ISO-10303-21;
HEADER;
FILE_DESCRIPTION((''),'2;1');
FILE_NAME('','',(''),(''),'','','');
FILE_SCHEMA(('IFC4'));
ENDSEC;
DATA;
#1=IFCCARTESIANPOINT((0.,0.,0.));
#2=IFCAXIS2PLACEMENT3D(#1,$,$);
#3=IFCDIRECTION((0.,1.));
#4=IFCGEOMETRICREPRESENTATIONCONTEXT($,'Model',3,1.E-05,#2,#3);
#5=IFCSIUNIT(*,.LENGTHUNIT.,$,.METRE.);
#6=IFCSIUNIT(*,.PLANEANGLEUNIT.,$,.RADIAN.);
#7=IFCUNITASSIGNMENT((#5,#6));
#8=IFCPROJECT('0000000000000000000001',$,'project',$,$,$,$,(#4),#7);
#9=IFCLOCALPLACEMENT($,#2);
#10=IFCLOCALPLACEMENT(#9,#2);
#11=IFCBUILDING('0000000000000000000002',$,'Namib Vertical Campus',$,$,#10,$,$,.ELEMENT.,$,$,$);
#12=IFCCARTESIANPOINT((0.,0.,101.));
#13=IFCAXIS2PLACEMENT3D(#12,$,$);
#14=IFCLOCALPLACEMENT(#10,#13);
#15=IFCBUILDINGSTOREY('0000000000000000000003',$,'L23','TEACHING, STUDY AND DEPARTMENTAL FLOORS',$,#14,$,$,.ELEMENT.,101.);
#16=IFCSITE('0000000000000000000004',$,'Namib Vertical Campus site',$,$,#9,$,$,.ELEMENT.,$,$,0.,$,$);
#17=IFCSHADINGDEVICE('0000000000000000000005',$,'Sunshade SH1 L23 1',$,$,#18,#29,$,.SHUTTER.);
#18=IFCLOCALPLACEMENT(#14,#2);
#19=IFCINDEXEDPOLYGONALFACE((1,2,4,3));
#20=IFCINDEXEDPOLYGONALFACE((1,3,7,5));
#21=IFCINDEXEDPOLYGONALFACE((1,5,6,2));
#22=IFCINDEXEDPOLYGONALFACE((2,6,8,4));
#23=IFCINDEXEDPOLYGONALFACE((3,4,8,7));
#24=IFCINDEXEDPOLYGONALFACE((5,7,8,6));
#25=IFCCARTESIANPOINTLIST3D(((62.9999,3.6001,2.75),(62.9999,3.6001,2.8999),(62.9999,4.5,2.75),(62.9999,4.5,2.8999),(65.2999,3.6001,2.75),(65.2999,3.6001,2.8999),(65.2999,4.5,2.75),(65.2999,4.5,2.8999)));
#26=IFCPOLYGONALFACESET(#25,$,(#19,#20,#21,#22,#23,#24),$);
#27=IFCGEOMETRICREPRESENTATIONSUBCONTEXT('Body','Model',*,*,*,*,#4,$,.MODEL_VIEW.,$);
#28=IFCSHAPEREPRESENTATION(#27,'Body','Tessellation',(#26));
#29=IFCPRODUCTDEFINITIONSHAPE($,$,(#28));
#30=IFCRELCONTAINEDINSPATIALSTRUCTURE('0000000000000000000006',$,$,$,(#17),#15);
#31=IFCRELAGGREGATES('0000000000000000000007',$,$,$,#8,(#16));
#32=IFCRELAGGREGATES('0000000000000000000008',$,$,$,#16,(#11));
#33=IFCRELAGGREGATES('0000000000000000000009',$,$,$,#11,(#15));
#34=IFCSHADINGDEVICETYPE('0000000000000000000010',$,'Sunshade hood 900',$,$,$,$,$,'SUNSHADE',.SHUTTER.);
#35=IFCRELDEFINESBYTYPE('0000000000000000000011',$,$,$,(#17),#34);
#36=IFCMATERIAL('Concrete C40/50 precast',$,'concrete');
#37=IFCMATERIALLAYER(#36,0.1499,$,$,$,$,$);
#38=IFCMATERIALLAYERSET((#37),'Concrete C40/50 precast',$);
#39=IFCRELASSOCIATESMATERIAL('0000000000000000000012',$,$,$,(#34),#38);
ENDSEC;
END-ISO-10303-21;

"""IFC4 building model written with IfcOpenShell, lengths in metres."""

from ifc_helpers import new_model, si_unit, direction, frame, origin, origin_2d, place, context, subcontext, project, spatial, rectangle, extrude, material, layer, layer_set, type_object, element, save


model = new_model("IFC4")

# Units and contexts
model_context = context("Model", 3, precision=1e-05, world=origin(), true_north=direction((0.0, 1.0)))
body_context = subcontext(model_context, "Body", "Model", "MODEL_VIEW")
ifc_project = project(units=[si_unit("LENGTHUNIT", "METRE"), si_unit("PLANEANGLEUNIT", "RADIAN")], contexts=[model_context])

# Site, building, storey
site_placement = place(None, origin())
site = spatial("IfcSite", under=ifc_project, at=site_placement, Name="Namib Vertical Campus site", CompositionType="ELEMENT", RefElevation=0.0)
building_placement = place(site_placement, origin())
building = spatial("IfcBuilding", under=site, at=building_placement, Name="Namib Vertical Campus", CompositionType="ELEMENT")
storey_placement = place(building_placement, frame((0.0, 0.0, 101.0)))
storey = spatial("IfcBuildingStorey", under=building, at=storey_placement, Name="L23", Description="TEACHING, STUDY AND DEPARTMENTAL FLOORS", CompositionType="ELEMENT", Elevation=101.0)

# Shading device
ifc_material_1 = material(Name="Concrete C40/50 precast", Category="concrete")
ifc_layer_1 = layer(ifc_material_1, 0.1499)
ifc_layer_set_1 = layer_set([ifc_layer_1], Name="Concrete C40/50 precast")
shading_device_type = type_object("IfcShadingDeviceType", Name="Sunshade hood 900", ElementType="SUNSHADE", PredefinedType="SHUTTER", material=ifc_layer_set_1)
shading_device_placement = place(storey_placement, frame((64.1499, 4.05, 2.75), z_axis=(0.0, 0.0, 1.0), x_axis=(1.0, 0.0, 0.0)))
element("IfcShadingDevice", 1, at=shading_device_placement, inside=storey, type_object=shading_device_type, Name="Sunshade SH1 L23 1", PredefinedType="SHUTTER", context=body_context, shape_type="SweptSolid", body=[
    extrude(rectangle(XDim=2.3, YDim=0.8999, at=origin_2d()), origin(), (0.0, 0.0, 1.0), 0.1499),
])

save(model, "model.ifc")
